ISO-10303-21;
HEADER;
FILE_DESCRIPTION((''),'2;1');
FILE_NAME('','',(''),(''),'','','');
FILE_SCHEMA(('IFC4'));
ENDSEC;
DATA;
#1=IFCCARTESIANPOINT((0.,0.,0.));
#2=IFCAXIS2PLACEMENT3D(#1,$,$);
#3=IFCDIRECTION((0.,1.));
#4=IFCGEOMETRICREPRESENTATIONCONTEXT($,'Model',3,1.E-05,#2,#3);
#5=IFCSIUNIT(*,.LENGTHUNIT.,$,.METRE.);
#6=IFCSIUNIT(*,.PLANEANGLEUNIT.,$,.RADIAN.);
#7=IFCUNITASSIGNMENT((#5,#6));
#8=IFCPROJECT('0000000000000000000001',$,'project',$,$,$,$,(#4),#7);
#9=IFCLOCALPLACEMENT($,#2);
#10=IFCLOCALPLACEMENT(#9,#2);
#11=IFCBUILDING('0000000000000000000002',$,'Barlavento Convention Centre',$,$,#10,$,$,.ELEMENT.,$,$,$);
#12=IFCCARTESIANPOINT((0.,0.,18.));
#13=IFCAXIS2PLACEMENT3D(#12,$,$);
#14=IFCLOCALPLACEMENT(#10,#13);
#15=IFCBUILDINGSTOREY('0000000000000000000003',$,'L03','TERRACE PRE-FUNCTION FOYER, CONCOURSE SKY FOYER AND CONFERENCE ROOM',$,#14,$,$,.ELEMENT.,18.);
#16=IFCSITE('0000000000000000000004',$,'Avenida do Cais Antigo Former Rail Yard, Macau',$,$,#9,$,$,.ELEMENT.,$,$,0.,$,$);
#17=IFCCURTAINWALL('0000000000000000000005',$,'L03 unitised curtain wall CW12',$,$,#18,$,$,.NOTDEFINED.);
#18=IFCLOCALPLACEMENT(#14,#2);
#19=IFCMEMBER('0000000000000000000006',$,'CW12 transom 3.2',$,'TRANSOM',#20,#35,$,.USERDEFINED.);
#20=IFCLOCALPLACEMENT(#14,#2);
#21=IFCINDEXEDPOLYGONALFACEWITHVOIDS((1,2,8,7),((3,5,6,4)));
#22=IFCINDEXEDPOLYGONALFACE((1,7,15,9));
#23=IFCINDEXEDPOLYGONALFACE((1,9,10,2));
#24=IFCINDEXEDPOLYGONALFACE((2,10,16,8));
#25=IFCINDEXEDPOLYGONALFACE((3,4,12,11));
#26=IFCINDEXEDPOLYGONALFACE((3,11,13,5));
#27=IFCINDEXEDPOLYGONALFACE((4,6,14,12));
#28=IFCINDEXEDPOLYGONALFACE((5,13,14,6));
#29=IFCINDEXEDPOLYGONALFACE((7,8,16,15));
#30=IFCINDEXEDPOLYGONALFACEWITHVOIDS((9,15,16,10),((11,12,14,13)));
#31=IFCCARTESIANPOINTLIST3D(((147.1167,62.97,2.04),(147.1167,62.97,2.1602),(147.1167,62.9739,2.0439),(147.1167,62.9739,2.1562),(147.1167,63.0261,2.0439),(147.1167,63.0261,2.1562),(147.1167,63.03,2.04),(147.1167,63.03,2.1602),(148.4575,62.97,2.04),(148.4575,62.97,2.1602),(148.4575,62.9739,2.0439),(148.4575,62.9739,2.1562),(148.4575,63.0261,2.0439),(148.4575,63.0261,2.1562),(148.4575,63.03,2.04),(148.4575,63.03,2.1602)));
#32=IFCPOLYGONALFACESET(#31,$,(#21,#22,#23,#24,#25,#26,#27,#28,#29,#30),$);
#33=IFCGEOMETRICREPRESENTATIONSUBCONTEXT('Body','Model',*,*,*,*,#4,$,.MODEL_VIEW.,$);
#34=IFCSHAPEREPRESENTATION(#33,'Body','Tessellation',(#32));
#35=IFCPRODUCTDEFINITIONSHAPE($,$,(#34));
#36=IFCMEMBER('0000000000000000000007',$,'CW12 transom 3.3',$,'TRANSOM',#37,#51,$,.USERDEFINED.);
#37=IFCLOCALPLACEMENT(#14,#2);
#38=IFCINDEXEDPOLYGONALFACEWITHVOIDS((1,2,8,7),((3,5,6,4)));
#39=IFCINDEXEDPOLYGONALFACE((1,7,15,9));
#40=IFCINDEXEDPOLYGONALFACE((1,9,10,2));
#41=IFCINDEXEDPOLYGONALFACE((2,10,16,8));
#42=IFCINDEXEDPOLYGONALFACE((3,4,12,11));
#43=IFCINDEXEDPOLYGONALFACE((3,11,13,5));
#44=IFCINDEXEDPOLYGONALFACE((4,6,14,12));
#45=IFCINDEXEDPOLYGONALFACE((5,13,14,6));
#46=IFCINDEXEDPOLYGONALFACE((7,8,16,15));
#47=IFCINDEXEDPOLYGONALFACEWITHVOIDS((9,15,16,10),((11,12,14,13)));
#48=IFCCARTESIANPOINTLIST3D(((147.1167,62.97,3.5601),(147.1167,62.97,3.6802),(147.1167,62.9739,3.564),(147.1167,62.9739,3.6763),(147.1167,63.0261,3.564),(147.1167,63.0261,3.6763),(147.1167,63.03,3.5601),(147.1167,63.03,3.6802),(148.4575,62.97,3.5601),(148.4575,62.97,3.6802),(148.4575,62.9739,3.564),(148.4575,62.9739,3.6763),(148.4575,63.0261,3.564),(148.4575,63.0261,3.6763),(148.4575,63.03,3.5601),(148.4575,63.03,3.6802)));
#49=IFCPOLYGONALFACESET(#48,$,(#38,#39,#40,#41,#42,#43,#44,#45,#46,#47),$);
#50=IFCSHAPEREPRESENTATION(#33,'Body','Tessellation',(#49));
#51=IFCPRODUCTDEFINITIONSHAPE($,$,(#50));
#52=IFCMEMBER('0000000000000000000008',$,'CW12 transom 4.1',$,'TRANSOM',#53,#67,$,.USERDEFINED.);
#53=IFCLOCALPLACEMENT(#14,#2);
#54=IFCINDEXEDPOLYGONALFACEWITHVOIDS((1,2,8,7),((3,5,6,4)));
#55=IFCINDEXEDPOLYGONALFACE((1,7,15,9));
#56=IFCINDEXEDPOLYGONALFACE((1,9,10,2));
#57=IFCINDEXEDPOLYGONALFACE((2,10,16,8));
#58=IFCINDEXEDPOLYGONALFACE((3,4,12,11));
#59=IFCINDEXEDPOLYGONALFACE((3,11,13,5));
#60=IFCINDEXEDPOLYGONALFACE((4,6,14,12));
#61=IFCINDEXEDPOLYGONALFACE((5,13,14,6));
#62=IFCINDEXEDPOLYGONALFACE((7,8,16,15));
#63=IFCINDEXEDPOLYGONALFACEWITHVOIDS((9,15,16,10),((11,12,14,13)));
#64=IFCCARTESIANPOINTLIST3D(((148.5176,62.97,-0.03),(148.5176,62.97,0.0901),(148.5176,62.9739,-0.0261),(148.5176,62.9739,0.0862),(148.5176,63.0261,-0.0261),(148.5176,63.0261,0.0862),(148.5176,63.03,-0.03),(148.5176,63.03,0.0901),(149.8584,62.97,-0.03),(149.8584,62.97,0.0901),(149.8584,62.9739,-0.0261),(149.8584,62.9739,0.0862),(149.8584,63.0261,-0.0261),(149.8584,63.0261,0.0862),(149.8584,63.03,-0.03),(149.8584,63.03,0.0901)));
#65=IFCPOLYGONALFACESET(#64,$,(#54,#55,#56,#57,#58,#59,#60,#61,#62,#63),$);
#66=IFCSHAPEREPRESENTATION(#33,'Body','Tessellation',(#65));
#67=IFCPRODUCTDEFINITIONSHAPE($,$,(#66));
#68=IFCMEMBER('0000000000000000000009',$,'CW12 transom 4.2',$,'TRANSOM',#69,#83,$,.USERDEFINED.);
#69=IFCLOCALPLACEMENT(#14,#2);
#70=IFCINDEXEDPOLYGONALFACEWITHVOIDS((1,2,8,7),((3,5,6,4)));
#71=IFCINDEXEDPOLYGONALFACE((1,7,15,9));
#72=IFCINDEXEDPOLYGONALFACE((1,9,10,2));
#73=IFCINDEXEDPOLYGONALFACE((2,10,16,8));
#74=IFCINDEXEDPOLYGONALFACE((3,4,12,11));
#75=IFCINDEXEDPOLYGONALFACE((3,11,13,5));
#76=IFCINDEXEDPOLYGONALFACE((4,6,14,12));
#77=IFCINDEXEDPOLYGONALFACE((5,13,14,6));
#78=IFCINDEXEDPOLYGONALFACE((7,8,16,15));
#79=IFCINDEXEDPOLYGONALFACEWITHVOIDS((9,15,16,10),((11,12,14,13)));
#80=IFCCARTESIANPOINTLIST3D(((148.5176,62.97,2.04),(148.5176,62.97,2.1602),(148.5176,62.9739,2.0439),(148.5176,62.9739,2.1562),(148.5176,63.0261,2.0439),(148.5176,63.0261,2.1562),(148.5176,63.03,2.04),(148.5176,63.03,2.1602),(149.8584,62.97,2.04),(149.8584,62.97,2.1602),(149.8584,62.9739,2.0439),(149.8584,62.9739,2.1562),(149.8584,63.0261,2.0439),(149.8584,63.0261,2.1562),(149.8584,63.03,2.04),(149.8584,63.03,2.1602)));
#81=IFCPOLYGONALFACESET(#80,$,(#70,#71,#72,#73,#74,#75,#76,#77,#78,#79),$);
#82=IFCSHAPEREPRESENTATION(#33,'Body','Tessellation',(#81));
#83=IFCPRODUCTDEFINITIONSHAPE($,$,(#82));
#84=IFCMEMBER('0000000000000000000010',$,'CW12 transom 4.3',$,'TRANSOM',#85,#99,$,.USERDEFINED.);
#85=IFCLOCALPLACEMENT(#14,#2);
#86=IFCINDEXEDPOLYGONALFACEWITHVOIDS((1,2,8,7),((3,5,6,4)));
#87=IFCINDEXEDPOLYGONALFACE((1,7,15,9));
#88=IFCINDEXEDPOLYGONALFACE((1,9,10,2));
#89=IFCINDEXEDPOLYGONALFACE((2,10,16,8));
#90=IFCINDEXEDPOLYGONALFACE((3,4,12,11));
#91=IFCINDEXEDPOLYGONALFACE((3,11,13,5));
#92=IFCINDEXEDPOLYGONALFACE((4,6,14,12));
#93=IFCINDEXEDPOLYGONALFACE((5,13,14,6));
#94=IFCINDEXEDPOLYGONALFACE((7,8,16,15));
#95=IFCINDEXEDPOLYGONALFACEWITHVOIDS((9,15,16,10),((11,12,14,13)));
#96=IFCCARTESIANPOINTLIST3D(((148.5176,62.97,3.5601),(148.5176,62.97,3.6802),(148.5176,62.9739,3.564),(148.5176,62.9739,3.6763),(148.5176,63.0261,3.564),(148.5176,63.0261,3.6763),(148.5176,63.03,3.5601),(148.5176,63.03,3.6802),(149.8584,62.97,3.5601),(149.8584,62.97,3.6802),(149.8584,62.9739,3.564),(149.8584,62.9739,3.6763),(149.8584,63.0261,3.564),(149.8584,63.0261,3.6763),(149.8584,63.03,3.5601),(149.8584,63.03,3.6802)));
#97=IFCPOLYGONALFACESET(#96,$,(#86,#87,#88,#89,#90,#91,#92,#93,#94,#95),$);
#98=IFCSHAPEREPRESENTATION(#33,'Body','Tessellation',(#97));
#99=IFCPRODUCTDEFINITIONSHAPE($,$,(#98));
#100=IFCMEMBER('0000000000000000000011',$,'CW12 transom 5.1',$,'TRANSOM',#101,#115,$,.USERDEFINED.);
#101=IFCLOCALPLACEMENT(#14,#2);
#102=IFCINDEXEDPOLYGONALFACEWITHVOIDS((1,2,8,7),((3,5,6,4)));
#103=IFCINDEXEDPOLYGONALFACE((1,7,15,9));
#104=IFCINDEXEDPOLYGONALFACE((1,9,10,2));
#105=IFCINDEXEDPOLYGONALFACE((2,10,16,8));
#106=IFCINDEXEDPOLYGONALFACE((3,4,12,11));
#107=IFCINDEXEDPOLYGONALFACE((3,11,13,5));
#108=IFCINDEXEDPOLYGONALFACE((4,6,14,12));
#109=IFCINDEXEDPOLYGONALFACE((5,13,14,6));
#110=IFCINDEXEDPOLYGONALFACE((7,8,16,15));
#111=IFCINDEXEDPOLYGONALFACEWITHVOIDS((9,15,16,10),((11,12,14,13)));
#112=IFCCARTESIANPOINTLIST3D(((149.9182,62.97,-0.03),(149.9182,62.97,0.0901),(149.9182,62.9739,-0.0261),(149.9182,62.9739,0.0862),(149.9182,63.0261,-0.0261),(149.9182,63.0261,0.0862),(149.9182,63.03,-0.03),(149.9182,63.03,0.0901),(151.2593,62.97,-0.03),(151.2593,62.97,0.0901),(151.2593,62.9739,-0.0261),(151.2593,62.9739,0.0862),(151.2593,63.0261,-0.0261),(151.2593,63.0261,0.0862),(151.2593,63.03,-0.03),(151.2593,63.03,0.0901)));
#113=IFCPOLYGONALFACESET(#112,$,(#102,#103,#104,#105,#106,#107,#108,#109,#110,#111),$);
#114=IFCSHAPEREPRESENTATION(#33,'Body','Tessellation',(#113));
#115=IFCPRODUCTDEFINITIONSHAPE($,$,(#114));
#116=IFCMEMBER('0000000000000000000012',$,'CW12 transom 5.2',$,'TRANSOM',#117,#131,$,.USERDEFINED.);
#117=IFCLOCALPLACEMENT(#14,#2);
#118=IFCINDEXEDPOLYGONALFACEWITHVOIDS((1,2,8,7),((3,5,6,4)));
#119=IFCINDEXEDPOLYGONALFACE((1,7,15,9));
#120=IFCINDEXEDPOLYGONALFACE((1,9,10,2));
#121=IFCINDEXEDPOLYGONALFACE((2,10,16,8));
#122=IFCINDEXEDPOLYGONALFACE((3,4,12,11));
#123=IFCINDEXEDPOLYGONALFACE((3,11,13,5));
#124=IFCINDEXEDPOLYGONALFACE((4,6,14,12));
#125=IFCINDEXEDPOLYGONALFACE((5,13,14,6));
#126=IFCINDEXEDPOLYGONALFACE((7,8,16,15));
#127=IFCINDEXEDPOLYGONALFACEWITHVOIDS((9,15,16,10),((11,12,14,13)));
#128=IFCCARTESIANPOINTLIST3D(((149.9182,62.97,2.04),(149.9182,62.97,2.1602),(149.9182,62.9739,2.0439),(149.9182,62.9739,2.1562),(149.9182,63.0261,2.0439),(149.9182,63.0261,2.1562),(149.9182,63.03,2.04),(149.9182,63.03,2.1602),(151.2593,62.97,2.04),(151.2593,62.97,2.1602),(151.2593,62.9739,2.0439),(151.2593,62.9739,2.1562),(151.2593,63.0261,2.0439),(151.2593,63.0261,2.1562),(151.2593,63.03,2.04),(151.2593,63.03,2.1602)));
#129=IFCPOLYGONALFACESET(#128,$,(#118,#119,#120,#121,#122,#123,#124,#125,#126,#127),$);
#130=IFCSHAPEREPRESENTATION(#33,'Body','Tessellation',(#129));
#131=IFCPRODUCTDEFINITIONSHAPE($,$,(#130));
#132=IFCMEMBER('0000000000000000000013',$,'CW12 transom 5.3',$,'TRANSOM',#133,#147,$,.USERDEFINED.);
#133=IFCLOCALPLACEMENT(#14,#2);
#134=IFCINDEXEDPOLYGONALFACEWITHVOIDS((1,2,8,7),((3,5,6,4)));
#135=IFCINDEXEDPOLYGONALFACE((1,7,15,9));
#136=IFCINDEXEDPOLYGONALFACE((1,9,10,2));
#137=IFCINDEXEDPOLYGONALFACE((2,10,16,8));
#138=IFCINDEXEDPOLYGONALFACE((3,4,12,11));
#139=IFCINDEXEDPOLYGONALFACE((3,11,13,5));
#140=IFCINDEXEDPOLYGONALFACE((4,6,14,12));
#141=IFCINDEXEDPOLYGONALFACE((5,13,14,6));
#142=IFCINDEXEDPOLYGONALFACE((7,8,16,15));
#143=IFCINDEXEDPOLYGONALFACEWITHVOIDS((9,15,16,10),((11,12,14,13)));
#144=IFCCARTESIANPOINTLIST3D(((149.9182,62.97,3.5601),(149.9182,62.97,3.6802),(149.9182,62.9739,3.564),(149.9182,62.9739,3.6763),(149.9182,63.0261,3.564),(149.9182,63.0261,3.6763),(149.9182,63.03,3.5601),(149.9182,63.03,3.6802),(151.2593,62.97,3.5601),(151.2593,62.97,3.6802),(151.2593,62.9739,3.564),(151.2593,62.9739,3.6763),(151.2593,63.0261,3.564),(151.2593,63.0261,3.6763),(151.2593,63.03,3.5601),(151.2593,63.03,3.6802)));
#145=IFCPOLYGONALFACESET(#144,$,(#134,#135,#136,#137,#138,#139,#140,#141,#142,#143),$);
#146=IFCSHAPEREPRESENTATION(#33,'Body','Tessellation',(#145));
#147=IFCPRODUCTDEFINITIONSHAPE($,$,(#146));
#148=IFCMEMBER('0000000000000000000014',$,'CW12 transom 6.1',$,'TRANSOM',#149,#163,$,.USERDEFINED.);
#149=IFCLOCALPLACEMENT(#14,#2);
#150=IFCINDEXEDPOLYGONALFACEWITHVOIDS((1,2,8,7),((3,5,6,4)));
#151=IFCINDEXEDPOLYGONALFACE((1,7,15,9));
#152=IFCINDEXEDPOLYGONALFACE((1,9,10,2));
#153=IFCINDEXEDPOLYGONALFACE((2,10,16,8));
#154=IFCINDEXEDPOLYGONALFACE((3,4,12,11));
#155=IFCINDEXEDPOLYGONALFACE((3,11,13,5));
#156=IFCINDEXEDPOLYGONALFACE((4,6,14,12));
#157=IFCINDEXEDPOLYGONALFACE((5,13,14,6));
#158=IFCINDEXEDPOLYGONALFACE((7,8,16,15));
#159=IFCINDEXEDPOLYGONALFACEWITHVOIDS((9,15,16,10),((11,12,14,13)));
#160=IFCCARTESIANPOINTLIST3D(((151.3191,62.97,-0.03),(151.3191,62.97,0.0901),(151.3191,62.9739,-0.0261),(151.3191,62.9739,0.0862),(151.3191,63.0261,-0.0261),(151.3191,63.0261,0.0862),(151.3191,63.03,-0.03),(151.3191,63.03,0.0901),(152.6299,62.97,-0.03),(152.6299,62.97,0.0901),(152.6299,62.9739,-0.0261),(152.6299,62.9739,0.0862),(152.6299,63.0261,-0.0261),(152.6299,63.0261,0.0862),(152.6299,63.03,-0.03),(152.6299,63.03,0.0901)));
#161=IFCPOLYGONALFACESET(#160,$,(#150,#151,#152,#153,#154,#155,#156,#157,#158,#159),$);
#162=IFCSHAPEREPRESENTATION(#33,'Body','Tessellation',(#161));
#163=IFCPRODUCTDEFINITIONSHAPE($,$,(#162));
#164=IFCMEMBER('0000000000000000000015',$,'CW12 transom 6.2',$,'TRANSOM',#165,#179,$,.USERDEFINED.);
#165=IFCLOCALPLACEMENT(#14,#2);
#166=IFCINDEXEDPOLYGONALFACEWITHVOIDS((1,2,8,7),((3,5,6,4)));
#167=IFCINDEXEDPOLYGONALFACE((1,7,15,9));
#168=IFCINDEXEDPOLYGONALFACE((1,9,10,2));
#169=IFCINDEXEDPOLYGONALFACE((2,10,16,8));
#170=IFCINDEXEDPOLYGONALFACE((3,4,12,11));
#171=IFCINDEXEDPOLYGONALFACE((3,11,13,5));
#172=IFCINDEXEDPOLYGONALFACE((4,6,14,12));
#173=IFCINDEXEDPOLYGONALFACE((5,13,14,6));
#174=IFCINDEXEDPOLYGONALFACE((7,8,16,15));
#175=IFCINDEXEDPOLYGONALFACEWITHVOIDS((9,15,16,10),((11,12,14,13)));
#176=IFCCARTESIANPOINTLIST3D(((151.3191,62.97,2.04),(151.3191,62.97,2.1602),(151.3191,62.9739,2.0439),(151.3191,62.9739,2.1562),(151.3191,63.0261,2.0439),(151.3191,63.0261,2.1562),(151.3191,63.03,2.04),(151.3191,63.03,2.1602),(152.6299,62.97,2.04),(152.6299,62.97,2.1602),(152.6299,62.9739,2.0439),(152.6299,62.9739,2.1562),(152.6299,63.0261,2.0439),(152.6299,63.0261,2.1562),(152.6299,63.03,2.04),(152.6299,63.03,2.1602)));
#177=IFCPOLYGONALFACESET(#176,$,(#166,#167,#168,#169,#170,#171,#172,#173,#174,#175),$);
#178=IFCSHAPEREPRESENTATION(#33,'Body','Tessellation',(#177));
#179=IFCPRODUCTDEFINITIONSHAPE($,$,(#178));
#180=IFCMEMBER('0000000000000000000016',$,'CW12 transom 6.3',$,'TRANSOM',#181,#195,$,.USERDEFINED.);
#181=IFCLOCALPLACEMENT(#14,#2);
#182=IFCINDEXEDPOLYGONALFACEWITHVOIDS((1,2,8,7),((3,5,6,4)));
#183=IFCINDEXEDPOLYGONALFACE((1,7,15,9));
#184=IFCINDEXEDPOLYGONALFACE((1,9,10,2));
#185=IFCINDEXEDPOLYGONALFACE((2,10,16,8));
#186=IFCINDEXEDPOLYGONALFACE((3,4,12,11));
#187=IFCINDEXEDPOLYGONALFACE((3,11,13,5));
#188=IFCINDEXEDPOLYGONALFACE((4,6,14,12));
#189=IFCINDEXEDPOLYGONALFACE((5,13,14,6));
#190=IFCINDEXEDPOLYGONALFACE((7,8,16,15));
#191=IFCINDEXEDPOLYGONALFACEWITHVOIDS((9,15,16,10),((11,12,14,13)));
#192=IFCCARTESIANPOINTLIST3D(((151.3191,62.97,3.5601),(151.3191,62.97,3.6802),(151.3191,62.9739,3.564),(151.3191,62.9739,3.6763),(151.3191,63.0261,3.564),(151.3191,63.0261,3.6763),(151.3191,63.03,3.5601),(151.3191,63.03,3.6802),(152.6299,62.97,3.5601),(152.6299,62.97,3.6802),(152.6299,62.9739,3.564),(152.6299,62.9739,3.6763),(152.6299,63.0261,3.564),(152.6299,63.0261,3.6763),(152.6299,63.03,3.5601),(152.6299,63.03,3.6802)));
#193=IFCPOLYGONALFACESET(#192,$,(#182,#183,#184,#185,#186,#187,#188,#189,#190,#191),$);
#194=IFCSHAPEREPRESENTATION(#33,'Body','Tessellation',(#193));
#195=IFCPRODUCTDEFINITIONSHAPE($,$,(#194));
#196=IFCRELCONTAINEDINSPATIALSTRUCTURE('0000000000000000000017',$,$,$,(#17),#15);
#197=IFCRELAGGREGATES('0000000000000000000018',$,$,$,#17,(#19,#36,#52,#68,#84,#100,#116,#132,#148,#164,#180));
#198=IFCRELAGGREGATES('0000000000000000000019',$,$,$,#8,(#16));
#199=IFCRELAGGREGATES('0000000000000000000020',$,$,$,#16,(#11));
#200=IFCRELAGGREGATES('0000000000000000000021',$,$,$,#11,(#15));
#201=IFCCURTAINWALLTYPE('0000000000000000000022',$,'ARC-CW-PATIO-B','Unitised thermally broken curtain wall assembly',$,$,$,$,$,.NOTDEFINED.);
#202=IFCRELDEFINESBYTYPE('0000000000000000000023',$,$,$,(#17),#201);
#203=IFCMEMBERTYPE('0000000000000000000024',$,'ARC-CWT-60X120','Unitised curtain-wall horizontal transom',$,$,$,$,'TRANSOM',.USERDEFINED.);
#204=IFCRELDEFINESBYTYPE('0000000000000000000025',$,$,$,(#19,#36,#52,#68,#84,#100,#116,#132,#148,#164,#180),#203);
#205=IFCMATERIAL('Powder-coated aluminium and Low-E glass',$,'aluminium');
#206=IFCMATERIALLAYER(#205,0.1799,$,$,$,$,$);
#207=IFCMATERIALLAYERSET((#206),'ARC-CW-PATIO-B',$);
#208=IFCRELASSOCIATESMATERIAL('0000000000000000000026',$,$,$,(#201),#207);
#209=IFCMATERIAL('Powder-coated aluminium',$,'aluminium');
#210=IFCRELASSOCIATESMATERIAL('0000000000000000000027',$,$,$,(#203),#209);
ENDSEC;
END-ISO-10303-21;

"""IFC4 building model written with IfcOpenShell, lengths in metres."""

from ifc_helpers import new_model, si_unit, direction, frame, origin, origin_2d, place, context, subcontext, project, spatial, hollow_rectangle, extrude, material, layer, layer_set, material_profile, profile_set, type_object, element, aggregate, save


model = new_model("IFC4")

# Units and contexts
model_context = context("Model", 3, precision=1e-05, world=origin(), true_north=direction((0.0, 1.0)))
body_context = subcontext(model_context, "Body", "Model", "MODEL_VIEW")
ifc_project = project(units=[si_unit("LENGTHUNIT", "METRE"), si_unit("PLANEANGLEUNIT", "RADIAN")], contexts=[model_context])

# Site, building, storey
site_placement = place(None, origin())
site = spatial("IfcSite", under=ifc_project, at=site_placement, Name="Avenida do Cais Antigo Former Rail Yard, Macau", CompositionType="ELEMENT", RefElevation=0.0)
building_placement = place(site_placement, origin())
building = spatial("IfcBuilding", under=site, at=building_placement, Name="Barlavento Convention Centre", CompositionType="ELEMENT")
storey_placement = place(building_placement, frame((0.0, 0.0, 18.0)))
storey = spatial("IfcBuildingStorey", under=building, at=storey_placement, Name="L03", Description="TERRACE PRE-FUNCTION FOYER, CONCOURSE SKY FOYER AND CONFERENCE ROOM", CompositionType="ELEMENT", Elevation=18.0)

# Curtain wall
ifc_material_1 = material(Name="Powder-coated aluminium and Low-E glass", Category="aluminium")
ifc_layer_1 = layer(ifc_material_1, 0.1799)
ifc_layer_set_1 = layer_set([ifc_layer_1], Name="ARC-CW-PATIO-B")
curtain_wall_type = type_object("IfcCurtainWallType", Name="ARC-CW-PATIO-B", Description="Unitised thermally broken curtain wall assembly", PredefinedType="NOTDEFINED", material=ifc_layer_set_1)
curtain_wall_1_placement = place(storey_placement, origin())
curtain_wall_1 = element("IfcCurtainWall", 1, at=curtain_wall_1_placement, inside=storey, type_object=curtain_wall_type, Name="L03 unitised curtain wall CW12", PredefinedType="NOTDEFINED")
ifc_material_2 = material(Name="Powder-coated aluminium", Category="aluminium")

# Members
ifc_material_profile_1 = material_profile(ifc_material_2, hollow_rectangle(XDim=0.0601, YDim=0.1201, WallThickness=0.0039, at=origin_2d()), Name="AL-TRAN 60x120x4")
ifc_profile_set_1 = profile_set([ifc_material_profile_1], Name="Powder-coated aluminium")
member_type_1 = type_object("IfcMemberType", Name="ARC-CWT-60X120", Description="Unitised curtain-wall horizontal transom", ElementType="TRANSOM", PredefinedType="USERDEFINED", material=ifc_profile_set_1)
member_1_placement = place(storey_placement, frame((147.1167, 63.0, 2.1001), z_axis=(1.0, 0.0, 0.0), x_axis=(0.0, 1.0, 0.0)))
member_1 = element("IfcMember", 2, at=member_1_placement, type_object=member_type_1, Name="CW12 transom 3.2", ObjectType="TRANSOM", PredefinedType="USERDEFINED", context=body_context, shape_type="SweptSolid", body=[
    extrude(hollow_rectangle(XDim=0.0601, YDim=0.1201, WallThickness=0.0039, at=origin_2d()), origin(), (0.0, 0.0, 1.0), 1.3408),
])
member_2_placement = place(storey_placement, frame((147.1167, 63.0, 3.6201), z_axis=(1.0, 0.0, 0.0), x_axis=(0.0, 1.0, 0.0)))
member_2 = element("IfcMember", 3, at=member_2_placement, type_object=member_type_1, Name="CW12 transom 3.3", ObjectType="TRANSOM", PredefinedType="USERDEFINED", context=body_context, shape_type="SweptSolid", body=[
    extrude(hollow_rectangle(XDim=0.0601, YDim=0.1201, WallThickness=0.0039, at=origin_2d()), origin(), (0.0, 0.0, 1.0), 1.3408),
])
member_3_placement = place(storey_placement, frame((148.5176, 63.0, 0.03), z_axis=(1.0, 0.0, 0.0), x_axis=(0.0, 1.0, 0.0)))
member_3 = element("IfcMember", 4, at=member_3_placement, type_object=member_type_1, Name="CW12 transom 4.1", ObjectType="TRANSOM", PredefinedType="USERDEFINED", context=body_context, shape_type="SweptSolid", body=[
    extrude(hollow_rectangle(XDim=0.0601, YDim=0.1201, WallThickness=0.0039, at=origin_2d()), origin(), (0.0, 0.0, 1.0), 1.3408),
])
member_4_placement = place(storey_placement, frame((148.5176, 63.0, 2.1001), z_axis=(1.0, 0.0, 0.0), x_axis=(0.0, 1.0, 0.0)))
member_4 = element("IfcMember", 5, at=member_4_placement, type_object=member_type_1, Name="CW12 transom 4.2", ObjectType="TRANSOM", PredefinedType="USERDEFINED", context=body_context, shape_type="SweptSolid", body=[
    extrude(hollow_rectangle(XDim=0.0601, YDim=0.1201, WallThickness=0.0039, at=origin_2d()), origin(), (0.0, 0.0, 1.0), 1.3408),
])
member_5_placement = place(storey_placement, frame((148.5176, 63.0, 3.6201), z_axis=(1.0, 0.0, 0.0), x_axis=(0.0, 1.0, 0.0)))
member_5 = element("IfcMember", 6, at=member_5_placement, type_object=member_type_1, Name="CW12 transom 4.3", ObjectType="TRANSOM", PredefinedType="USERDEFINED", context=body_context, shape_type="SweptSolid", body=[
    extrude(hollow_rectangle(XDim=0.0601, YDim=0.1201, WallThickness=0.0039, at=origin_2d()), origin(), (0.0, 0.0, 1.0), 1.3408),
])
member_6_placement = place(storey_placement, frame((149.9182, 63.0, 0.03), z_axis=(1.0, 0.0, 0.0), x_axis=(0.0, 1.0, 0.0)))
member_6 = element("IfcMember", 7, at=member_6_placement, type_object=member_type_1, Name="CW12 transom 5.1", ObjectType="TRANSOM", PredefinedType="USERDEFINED", context=body_context, shape_type="SweptSolid", body=[
    extrude(hollow_rectangle(XDim=0.0601, YDim=0.1201, WallThickness=0.0039, at=origin_2d()), origin(), (0.0, 0.0, 1.0), 1.3411),
])
member_7_placement = place(storey_placement, frame((149.9182, 63.0, 2.1001), z_axis=(1.0, 0.0, 0.0), x_axis=(0.0, 1.0, 0.0)))
member_7 = element("IfcMember", 8, at=member_7_placement, type_object=member_type_1, Name="CW12 transom 5.2", ObjectType="TRANSOM", PredefinedType="USERDEFINED", context=body_context, shape_type="SweptSolid", body=[
    extrude(hollow_rectangle(XDim=0.0601, YDim=0.1201, WallThickness=0.0039, at=origin_2d()), origin(), (0.0, 0.0, 1.0), 1.3411),
])
member_8_placement = place(storey_placement, frame((149.9182, 63.0, 3.6201), z_axis=(1.0, 0.0, 0.0), x_axis=(0.0, 1.0, 0.0)))
member_8 = element("IfcMember", 9, at=member_8_placement, type_object=member_type_1, Name="CW12 transom 5.3", ObjectType="TRANSOM", PredefinedType="USERDEFINED", context=body_context, shape_type="SweptSolid", body=[
    extrude(hollow_rectangle(XDim=0.0601, YDim=0.1201, WallThickness=0.0039, at=origin_2d()), origin(), (0.0, 0.0, 1.0), 1.3411),
])
member_9_placement = place(storey_placement, frame((151.3191, 63.0, 0.03), z_axis=(1.0, 0.0, 0.0), x_axis=(0.0, 1.0, 0.0)))
member_9 = element("IfcMember", 10, at=member_9_placement, type_object=member_type_1, Name="CW12 transom 6.1", ObjectType="TRANSOM", PredefinedType="USERDEFINED", context=body_context, shape_type="SweptSolid", body=[
    extrude(hollow_rectangle(XDim=0.0601, YDim=0.1201, WallThickness=0.0039, at=origin_2d()), origin(), (0.0, 0.0, 1.0), 1.3108),
])
member_10_placement = place(storey_placement, frame((151.3191, 63.0, 2.1001), z_axis=(1.0, 0.0, 0.0), x_axis=(0.0, 1.0, 0.0)))
member_10 = element("IfcMember", 11, at=member_10_placement, type_object=member_type_1, Name="CW12 transom 6.2", ObjectType="TRANSOM", PredefinedType="USERDEFINED", context=body_context, shape_type="SweptSolid", body=[
    extrude(hollow_rectangle(XDim=0.0601, YDim=0.1201, WallThickness=0.0039, at=origin_2d()), origin(), (0.0, 0.0, 1.0), 1.3108),
])
member_11_placement = place(storey_placement, frame((151.3191, 63.0, 3.6201), z_axis=(1.0, 0.0, 0.0), x_axis=(0.0, 1.0, 0.0)))
member_11 = element("IfcMember", 12, at=member_11_placement, type_object=member_type_1, Name="CW12 transom 6.3", ObjectType="TRANSOM", PredefinedType="USERDEFINED", context=body_context, shape_type="SweptSolid", body=[
    extrude(hollow_rectangle(XDim=0.0601, YDim=0.1201, WallThickness=0.0039, at=origin_2d()), origin(), (0.0, 0.0, 1.0), 1.3108),
])

aggregate(curtain_wall_1, [member_1, member_2, member_3, member_4, member_5, member_6, member_7, member_8, member_9, member_10, member_11])

save(model, "model.ifc")
